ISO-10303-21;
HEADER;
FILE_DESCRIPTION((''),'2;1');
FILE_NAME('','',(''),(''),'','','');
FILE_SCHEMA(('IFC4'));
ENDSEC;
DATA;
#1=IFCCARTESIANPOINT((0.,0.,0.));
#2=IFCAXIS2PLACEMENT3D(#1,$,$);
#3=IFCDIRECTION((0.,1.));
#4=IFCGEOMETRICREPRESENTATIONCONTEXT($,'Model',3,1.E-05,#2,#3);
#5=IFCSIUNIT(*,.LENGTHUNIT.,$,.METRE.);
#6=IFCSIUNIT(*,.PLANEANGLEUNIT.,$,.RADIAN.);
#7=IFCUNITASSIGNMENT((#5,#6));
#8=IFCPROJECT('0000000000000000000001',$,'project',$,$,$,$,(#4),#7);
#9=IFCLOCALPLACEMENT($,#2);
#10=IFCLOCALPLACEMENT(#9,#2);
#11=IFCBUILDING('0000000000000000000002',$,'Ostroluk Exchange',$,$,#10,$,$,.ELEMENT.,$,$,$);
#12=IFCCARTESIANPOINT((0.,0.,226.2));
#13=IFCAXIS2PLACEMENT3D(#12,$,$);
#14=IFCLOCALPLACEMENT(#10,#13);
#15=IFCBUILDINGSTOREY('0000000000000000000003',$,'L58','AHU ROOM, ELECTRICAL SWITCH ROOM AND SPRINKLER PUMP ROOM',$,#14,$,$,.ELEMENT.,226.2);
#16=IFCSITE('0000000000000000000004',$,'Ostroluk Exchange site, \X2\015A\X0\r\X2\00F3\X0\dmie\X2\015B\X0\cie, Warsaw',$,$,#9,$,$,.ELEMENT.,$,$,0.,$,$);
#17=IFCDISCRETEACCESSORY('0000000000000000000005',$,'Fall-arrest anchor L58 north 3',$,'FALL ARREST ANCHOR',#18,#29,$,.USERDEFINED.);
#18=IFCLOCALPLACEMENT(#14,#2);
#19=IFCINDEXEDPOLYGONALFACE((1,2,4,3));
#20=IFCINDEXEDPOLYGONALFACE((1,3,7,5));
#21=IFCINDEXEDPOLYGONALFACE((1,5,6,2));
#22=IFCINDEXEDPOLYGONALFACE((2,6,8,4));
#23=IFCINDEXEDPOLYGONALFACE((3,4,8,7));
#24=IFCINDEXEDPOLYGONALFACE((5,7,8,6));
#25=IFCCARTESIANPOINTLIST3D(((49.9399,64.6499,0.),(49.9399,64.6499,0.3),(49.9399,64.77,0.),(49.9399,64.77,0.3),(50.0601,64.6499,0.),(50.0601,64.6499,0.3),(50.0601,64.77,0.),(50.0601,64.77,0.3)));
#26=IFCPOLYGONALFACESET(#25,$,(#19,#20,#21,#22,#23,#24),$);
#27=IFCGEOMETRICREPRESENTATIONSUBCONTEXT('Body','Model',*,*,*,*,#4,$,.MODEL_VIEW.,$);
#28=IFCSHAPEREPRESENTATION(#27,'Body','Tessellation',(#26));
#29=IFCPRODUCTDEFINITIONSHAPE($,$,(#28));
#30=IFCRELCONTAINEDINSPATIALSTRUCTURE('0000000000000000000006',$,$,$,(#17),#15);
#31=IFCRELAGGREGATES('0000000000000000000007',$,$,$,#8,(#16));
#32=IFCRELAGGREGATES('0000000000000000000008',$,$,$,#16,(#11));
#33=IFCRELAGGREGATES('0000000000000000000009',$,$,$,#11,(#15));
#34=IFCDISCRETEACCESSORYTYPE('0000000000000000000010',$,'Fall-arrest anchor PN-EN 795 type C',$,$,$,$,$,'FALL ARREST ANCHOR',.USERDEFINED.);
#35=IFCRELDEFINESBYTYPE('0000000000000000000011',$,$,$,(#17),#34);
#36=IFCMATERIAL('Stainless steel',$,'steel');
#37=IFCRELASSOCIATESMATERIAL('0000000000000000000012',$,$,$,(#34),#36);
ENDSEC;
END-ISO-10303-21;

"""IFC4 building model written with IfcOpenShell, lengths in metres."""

from ifc_helpers import new_model, si_unit, direction, frame, origin, origin_2d, place, context, subcontext, project, spatial, rectangle, extrude, material, type_object, element, save


model = new_model("IFC4")

# Units and contexts
model_context = context("Model", 3, precision=1e-05, world=origin(), true_north=direction((0.0, 1.0)))
body_context = subcontext(model_context, "Body", "Model", "MODEL_VIEW")
ifc_project = project(units=[si_unit("LENGTHUNIT", "METRE"), si_unit("PLANEANGLEUNIT", "RADIAN")], contexts=[model_context])

# Site, building, storey
site_placement = place(None, origin())
site = spatial("IfcSite", under=ifc_project, at=site_placement, Name="Ostroluk Exchange site, Śródmieście, Warsaw", CompositionType="ELEMENT", RefElevation=0.0)
building_placement = place(site_placement, origin())
building = spatial("IfcBuilding", under=site, at=building_placement, Name="Ostroluk Exchange", CompositionType="ELEMENT")
storey_placement = place(building_placement, frame((0.0, 0.0, 226.2)))
storey = spatial("IfcBuildingStorey", under=building, at=storey_placement, Name="L58", Description="AHU ROOM, ELECTRICAL SWITCH ROOM AND SPRINKLER PUMP ROOM", CompositionType="ELEMENT", Elevation=226.2)

# Discrete accessory
ifc_material_1 = material(Name="Stainless steel", Category="steel")
discrete_accessory_type = type_object("IfcDiscreteAccessoryType", Name="Fall-arrest anchor PN-EN 795 type C", ElementType="FALL ARREST ANCHOR", PredefinedType="USERDEFINED", material=ifc_material_1)
discrete_accessory_placement = place(storey_placement, frame((50.0, 64.71, 0.0), z_axis=(0.0, 0.0, 1.0), x_axis=(1.0, 0.0, 0.0)))
element("IfcDiscreteAccessory", 1, at=discrete_accessory_placement, inside=storey, type_object=discrete_accessory_type, Name="Fall-arrest anchor L58 north 3", ObjectType="FALL ARREST ANCHOR", PredefinedType="USERDEFINED", context=body_context, shape_type="SweptSolid", body=[
    extrude(rectangle(XDim=0.1201, YDim=0.1201, at=origin_2d()), origin(), (0.0, 0.0, 1.0), 0.3),
])

save(model, "model.ifc")
